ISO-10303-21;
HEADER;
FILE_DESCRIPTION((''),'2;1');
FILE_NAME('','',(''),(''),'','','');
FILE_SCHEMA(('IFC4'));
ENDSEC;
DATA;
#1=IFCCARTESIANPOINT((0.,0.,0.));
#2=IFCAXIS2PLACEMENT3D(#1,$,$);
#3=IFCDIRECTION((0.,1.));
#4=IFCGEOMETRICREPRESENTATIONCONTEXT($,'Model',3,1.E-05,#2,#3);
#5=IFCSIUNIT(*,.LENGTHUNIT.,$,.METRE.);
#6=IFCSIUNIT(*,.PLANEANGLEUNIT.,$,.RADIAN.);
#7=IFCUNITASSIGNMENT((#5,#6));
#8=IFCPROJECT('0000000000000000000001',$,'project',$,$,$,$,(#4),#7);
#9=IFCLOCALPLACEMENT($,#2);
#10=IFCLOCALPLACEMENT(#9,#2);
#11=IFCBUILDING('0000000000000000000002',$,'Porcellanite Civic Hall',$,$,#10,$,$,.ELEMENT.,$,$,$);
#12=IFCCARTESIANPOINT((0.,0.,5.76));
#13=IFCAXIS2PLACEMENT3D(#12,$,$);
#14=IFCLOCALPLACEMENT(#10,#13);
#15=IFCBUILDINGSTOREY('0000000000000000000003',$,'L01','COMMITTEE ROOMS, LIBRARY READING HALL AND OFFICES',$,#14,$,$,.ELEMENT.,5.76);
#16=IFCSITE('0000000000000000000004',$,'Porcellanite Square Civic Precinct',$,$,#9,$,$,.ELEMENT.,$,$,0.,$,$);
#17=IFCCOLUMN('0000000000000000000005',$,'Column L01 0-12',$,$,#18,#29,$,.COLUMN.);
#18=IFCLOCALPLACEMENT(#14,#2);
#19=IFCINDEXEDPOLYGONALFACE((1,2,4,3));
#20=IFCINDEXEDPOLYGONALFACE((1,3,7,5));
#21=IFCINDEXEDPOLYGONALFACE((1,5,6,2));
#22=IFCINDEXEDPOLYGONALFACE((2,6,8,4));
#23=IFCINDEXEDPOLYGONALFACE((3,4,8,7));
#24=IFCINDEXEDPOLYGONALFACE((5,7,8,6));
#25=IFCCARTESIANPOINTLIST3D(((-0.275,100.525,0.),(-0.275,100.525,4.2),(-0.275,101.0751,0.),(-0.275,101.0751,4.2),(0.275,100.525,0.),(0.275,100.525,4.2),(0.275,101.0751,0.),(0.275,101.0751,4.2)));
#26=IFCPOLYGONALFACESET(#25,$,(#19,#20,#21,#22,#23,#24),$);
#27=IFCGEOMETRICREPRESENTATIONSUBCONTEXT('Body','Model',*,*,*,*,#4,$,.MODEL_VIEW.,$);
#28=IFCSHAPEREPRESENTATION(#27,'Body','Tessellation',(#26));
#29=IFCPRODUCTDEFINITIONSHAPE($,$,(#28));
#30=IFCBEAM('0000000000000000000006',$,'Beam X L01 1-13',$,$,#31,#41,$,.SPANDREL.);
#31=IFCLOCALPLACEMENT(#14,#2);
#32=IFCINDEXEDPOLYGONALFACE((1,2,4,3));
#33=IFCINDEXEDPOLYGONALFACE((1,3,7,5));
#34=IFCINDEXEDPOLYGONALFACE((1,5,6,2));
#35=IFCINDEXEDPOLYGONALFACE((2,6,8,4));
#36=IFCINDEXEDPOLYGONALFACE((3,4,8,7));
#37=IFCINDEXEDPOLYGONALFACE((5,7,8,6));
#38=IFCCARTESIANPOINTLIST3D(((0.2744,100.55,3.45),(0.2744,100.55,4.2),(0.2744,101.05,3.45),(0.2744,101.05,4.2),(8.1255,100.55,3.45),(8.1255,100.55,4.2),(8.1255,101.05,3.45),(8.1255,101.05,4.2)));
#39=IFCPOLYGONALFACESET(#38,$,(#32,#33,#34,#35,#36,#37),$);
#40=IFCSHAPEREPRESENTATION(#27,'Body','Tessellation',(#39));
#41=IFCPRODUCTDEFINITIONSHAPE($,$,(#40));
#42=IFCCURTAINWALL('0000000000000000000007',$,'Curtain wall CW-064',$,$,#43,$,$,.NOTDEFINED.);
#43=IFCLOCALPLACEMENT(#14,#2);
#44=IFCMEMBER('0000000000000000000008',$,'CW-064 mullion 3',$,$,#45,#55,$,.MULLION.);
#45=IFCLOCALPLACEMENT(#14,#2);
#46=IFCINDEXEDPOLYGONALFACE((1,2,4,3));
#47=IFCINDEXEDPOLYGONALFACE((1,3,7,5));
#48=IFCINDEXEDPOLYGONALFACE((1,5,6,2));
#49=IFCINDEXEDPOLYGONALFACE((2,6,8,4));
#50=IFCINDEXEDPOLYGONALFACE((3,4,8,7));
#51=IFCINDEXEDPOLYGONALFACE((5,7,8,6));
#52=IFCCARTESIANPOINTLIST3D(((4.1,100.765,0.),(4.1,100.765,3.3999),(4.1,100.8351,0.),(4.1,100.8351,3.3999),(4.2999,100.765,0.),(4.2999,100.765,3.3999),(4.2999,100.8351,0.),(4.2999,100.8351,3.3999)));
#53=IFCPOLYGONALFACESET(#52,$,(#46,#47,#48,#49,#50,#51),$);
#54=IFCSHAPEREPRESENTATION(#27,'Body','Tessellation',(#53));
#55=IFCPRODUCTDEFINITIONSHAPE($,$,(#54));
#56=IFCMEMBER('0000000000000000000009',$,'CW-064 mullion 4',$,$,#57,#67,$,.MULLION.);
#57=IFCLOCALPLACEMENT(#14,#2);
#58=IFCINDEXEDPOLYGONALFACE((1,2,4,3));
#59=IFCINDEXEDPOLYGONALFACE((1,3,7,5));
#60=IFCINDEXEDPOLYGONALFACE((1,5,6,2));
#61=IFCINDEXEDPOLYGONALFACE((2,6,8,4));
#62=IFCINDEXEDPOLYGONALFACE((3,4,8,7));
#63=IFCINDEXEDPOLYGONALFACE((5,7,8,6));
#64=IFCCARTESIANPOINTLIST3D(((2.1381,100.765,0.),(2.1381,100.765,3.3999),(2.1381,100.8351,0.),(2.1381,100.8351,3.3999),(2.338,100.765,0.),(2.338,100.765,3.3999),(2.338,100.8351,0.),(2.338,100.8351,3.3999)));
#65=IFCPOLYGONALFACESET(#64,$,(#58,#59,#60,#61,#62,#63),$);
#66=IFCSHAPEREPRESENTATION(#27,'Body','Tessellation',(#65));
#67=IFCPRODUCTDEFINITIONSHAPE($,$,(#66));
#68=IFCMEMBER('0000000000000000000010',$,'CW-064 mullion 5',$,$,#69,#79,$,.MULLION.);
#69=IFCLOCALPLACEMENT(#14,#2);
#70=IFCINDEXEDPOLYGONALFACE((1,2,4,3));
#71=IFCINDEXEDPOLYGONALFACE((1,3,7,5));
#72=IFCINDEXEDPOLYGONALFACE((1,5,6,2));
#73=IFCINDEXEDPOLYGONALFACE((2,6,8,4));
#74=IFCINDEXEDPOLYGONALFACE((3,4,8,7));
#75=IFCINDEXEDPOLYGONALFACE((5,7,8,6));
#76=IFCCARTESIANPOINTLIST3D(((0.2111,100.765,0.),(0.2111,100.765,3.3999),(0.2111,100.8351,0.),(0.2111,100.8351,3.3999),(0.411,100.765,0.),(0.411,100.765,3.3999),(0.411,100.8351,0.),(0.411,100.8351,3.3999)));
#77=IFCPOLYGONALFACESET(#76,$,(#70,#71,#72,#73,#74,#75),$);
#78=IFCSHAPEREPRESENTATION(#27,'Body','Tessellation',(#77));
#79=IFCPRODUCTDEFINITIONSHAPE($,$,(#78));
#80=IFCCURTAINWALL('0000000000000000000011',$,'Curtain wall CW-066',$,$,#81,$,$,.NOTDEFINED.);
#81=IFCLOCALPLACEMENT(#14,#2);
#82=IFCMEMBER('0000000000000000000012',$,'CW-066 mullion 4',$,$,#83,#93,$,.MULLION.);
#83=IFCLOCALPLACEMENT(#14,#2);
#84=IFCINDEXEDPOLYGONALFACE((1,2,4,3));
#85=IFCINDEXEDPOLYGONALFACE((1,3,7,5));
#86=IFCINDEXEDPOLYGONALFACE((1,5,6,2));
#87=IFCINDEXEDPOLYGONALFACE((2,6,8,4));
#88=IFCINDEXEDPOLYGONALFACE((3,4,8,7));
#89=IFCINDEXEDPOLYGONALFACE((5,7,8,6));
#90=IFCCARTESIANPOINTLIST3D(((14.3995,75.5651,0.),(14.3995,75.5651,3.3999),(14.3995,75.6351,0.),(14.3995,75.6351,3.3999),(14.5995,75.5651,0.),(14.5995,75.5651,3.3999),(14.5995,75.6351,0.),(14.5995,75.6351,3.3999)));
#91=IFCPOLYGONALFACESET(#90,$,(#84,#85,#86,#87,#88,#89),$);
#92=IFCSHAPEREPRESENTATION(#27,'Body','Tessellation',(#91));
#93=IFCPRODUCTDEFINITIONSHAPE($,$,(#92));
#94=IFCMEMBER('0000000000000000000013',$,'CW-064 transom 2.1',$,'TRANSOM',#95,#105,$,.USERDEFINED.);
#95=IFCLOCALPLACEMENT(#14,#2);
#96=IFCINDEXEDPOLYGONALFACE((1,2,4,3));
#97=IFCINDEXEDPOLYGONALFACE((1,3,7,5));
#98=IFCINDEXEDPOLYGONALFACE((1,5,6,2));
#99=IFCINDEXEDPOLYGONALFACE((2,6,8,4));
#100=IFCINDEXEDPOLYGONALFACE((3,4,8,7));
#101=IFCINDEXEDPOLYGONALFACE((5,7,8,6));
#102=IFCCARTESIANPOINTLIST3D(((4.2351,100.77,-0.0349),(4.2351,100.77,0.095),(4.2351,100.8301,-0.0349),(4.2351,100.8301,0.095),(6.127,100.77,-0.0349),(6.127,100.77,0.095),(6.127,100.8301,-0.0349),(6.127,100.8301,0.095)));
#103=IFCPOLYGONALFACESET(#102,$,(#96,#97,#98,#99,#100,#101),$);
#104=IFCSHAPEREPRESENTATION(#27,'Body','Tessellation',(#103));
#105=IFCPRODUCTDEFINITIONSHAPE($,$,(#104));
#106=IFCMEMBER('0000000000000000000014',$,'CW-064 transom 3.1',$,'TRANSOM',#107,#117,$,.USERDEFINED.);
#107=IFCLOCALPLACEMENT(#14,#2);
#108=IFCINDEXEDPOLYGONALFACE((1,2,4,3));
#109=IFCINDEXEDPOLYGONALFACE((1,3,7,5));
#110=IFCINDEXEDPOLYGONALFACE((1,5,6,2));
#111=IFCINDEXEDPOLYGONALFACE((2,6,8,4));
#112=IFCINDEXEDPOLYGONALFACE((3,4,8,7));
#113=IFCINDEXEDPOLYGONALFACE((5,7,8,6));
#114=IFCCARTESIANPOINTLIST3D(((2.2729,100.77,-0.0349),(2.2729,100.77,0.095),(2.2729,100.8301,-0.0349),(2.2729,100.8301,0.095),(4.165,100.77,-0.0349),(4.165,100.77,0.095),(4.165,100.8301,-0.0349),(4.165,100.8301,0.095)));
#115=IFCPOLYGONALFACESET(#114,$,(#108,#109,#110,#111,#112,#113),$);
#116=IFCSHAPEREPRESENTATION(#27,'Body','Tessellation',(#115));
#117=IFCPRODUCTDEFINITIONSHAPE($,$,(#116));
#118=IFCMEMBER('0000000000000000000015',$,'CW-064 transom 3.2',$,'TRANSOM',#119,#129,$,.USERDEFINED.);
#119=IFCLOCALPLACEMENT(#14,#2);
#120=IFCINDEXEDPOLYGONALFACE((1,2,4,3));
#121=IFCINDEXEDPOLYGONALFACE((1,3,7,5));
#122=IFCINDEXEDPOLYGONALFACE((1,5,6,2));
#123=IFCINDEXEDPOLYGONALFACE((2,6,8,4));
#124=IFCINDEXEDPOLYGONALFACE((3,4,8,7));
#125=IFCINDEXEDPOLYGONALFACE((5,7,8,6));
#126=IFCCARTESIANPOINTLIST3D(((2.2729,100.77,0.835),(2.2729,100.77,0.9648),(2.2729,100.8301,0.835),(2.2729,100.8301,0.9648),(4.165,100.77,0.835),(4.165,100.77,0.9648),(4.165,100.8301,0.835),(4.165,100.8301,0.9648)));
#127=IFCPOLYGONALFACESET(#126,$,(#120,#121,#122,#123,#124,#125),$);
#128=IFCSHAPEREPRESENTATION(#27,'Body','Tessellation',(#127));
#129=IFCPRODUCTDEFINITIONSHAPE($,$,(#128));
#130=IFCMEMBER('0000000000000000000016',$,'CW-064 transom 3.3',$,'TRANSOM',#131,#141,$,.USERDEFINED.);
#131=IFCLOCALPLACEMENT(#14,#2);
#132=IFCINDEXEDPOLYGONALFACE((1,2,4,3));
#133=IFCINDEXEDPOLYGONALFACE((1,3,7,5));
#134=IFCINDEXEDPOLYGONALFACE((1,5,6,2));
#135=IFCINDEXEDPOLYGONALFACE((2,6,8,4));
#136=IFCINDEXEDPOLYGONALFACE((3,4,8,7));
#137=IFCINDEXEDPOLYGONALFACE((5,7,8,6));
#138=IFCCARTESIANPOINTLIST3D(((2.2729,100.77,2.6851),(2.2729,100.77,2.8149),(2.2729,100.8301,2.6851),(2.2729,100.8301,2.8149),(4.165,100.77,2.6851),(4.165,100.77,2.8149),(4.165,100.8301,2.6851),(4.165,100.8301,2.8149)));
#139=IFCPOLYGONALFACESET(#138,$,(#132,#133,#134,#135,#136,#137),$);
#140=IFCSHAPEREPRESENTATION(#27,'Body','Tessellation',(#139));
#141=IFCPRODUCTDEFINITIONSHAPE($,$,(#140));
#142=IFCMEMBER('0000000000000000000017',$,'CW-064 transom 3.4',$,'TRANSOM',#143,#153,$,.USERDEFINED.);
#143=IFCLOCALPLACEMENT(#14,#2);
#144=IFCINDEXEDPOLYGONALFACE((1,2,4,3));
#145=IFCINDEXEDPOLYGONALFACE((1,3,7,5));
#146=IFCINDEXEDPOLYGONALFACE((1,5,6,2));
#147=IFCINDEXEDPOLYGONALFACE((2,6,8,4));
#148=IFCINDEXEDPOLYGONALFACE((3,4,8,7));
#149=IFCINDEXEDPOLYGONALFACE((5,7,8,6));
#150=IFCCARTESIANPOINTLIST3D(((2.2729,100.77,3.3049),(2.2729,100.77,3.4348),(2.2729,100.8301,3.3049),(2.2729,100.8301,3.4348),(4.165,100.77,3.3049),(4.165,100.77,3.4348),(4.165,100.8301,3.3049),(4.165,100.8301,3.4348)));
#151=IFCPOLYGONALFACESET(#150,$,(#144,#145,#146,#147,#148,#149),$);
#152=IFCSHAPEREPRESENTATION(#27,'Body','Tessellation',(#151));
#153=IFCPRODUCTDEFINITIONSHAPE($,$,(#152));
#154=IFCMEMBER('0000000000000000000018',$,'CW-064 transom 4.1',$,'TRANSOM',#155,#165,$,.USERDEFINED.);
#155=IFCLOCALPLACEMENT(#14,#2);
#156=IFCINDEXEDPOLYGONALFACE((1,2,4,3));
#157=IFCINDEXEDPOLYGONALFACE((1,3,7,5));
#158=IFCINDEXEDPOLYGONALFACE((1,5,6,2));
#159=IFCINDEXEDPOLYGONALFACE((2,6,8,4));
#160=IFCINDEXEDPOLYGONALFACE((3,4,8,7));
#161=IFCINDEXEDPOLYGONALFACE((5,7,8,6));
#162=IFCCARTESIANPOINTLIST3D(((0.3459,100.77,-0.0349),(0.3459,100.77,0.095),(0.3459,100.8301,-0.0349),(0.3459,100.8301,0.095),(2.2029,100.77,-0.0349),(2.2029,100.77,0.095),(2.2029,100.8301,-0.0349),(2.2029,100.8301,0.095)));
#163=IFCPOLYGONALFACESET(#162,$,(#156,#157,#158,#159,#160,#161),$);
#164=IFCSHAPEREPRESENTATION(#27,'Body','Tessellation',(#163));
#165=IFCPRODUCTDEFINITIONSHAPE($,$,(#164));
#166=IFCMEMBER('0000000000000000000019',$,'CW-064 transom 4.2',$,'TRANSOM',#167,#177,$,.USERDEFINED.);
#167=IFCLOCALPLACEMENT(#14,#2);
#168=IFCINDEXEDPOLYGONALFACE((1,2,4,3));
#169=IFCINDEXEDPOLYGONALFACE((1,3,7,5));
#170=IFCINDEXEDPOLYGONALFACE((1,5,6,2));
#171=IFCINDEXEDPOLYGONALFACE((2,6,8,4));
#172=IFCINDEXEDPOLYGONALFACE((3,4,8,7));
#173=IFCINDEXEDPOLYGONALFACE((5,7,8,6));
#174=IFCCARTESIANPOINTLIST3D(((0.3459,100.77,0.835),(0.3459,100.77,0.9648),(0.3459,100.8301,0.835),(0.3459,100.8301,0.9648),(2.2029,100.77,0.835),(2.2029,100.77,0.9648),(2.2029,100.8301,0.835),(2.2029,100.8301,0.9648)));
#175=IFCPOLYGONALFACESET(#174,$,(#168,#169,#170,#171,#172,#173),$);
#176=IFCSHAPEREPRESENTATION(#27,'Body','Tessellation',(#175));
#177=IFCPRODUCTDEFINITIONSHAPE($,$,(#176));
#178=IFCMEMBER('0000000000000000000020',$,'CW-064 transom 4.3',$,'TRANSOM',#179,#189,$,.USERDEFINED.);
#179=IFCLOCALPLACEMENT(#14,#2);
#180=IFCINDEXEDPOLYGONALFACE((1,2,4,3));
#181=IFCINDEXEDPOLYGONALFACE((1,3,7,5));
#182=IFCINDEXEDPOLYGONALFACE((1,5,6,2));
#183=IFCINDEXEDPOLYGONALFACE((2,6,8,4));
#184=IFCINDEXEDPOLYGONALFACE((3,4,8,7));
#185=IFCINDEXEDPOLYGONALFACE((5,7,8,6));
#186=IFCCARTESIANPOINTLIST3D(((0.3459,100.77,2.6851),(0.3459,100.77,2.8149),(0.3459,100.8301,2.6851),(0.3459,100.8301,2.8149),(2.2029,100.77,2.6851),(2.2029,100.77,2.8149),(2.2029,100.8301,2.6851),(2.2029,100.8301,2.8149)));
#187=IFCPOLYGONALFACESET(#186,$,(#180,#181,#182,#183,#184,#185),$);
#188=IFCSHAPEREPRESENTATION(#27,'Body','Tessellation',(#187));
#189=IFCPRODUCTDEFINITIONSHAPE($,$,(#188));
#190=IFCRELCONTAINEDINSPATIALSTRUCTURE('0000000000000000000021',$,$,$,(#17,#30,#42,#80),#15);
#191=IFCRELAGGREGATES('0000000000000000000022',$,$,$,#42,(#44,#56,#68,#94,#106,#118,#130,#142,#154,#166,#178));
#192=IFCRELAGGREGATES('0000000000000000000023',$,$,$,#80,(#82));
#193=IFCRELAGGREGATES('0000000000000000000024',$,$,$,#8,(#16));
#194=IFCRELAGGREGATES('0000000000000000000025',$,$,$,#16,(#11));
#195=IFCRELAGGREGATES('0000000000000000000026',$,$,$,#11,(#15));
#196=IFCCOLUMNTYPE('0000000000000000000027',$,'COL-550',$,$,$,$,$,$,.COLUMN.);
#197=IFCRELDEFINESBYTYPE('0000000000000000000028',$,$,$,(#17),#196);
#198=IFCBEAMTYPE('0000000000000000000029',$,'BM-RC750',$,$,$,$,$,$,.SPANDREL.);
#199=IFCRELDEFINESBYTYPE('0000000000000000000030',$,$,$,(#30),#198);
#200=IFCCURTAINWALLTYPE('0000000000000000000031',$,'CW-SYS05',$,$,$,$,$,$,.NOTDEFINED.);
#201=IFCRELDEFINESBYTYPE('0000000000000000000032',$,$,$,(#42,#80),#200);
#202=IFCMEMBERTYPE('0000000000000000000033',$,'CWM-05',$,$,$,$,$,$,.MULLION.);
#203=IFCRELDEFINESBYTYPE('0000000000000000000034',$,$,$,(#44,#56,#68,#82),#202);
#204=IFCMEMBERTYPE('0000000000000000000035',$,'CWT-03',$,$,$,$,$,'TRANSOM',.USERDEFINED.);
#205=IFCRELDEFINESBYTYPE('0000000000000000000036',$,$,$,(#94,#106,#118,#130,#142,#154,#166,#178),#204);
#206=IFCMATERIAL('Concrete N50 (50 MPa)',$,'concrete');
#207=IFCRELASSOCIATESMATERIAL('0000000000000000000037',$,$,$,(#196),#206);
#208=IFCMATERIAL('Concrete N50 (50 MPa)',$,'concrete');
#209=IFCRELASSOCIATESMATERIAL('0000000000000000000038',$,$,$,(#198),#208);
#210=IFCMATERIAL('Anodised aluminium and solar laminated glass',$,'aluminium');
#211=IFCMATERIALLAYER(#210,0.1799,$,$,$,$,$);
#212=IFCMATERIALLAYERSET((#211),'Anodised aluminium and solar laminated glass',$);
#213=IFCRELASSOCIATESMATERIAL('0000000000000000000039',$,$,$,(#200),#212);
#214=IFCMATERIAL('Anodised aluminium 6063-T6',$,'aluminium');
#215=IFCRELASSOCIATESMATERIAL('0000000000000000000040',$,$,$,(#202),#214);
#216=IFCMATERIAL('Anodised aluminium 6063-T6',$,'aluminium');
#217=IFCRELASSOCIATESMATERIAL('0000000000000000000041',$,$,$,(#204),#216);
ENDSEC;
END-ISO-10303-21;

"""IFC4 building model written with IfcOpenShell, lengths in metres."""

from ifc_helpers import new_model, si_unit, direction, frame, origin, origin_2d, place, context, subcontext, project, spatial, rectangle, extrude, material, layer, layer_set, material_profile, profile_set, type_object, element, aggregate, save


model = new_model("IFC4")

# Units and contexts
model_context = context("Model", 3, precision=1e-05, world=origin(), true_north=direction((0.0, 1.0)))
body_context = subcontext(model_context, "Body", "Model", "MODEL_VIEW")
ifc_project = project(units=[si_unit("LENGTHUNIT", "METRE"), si_unit("PLANEANGLEUNIT", "RADIAN")], contexts=[model_context])

# Site, building, storey
site_placement = place(None, origin())
site = spatial("IfcSite", under=ifc_project, at=site_placement, Name="Porcellanite Square Civic Precinct", CompositionType="ELEMENT", RefElevation=0.0)
building_placement = place(site_placement, origin())
building = spatial("IfcBuilding", under=site, at=building_placement, Name="Porcellanite Civic Hall", CompositionType="ELEMENT")
storey_placement = place(building_placement, frame((0.0, 0.0, 5.76)))
storey = spatial("IfcBuildingStorey", under=building, at=storey_placement, Name="L01", Description="COMMITTEE ROOMS, LIBRARY READING HALL AND OFFICES", CompositionType="ELEMENT", Elevation=5.76)

# Column
ifc_material_1 = material(Name="Concrete N50 (50 MPa)", Category="concrete")
ifc_material_profile_1 = material_profile(ifc_material_1, rectangle(XDim=0.55, YDim=0.55, at=origin_2d()), Name="RC-550x550")
ifc_profile_set_1 = profile_set([ifc_material_profile_1], Name="Concrete N50 (50 MPa)")
column_type = type_object("IfcColumnType", Name="COL-550", PredefinedType="COLUMN", material=ifc_profile_set_1)
column_placement = place(storey_placement, frame((0.0, 100.8, 0.0), z_axis=(0.0, 0.0, 1.0), x_axis=(1.0, 0.0, 0.0)))
element("IfcColumn", 1, at=column_placement, inside=storey, type_object=column_type, Name="Column L01 0-12", PredefinedType="COLUMN", context=body_context, shape_type="SweptSolid", body=[
    extrude(rectangle(XDim=0.55, YDim=0.55, at=origin_2d()), origin(), (0.0, 0.0, 1.0), 4.2),
])

# Beam
ifc_material_2 = material(Name="Concrete N50 (50 MPa)", Category="concrete")
ifc_material_profile_2 = material_profile(ifc_material_2, rectangle(XDim=0.5, YDim=0.75, at=origin_2d()), Name="RC-500x750")
ifc_profile_set_2 = profile_set([ifc_material_profile_2], Name="Concrete N50 (50 MPa)")
beam_type = type_object("IfcBeamType", Name="BM-RC750", PredefinedType="SPANDREL", material=ifc_profile_set_2)
beam_placement = place(storey_placement, frame((0.2744, 100.8, 3.825), z_axis=(1.0, 0.0, 0.0), x_axis=(0.0, 1.0, 0.0)))
element("IfcBeam", 2, at=beam_placement, inside=storey, type_object=beam_type, Name="Beam X L01 1-13", PredefinedType="SPANDREL", context=body_context, shape_type="SweptSolid", body=[
    extrude(rectangle(XDim=0.5, YDim=0.75, at=origin_2d()), origin(), (0.0, 0.0, 1.0), 7.8511),
])

# Curtain wall, members
ifc_material_3 = material(Name="Anodised aluminium and solar laminated glass", Category="aluminium")
ifc_layer_1 = layer(ifc_material_3, 0.1799)
ifc_layer_set_1 = layer_set([ifc_layer_1], Name="Anodised aluminium and solar laminated glass")
curtain_wall_type = type_object("IfcCurtainWallType", Name="CW-SYS05", PredefinedType="NOTDEFINED", material=ifc_layer_set_1)
curtain_wall_1_placement = place(storey_placement, origin())
curtain_wall_1 = element("IfcCurtainWall", 3, at=curtain_wall_1_placement, inside=storey, type_object=curtain_wall_type, Name="Curtain wall CW-064", PredefinedType="NOTDEFINED")
ifc_material_4 = material(Name="Anodised aluminium 6063-T6", Category="aluminium")
ifc_material_profile_3 = material_profile(ifc_material_4, rectangle(XDim=0.0701, YDim=0.2, at=origin_2d()), Name="AL-70x200")
ifc_profile_set_3 = profile_set([ifc_material_profile_3], Name="Anodised aluminium 6063-T6")
member_type_1 = type_object("IfcMemberType", Name="CWM-05", PredefinedType="MULLION", material=ifc_profile_set_3)
member_1_placement = place(storey_placement, frame((4.2, 100.8, 0.0), z_axis=(0.0, 0.0, 1.0), x_axis=(0.0, -1.0, 0.0)))
member_1 = element("IfcMember", 4, at=member_1_placement, type_object=member_type_1, Name="CW-064 mullion 3", PredefinedType="MULLION", context=body_context, shape_type="SweptSolid", body=[
    extrude(rectangle(XDim=0.0701, YDim=0.2, at=origin_2d()), origin(), (0.0, 0.0, 1.0), 3.3999),
])
member_2_placement = place(storey_placement, frame((2.238, 100.8, 0.0), z_axis=(0.0, 0.0, 1.0), x_axis=(0.0, -1.0, 0.0)))
member_2 = element("IfcMember", 5, at=member_2_placement, type_object=member_type_1, Name="CW-064 mullion 4", PredefinedType="MULLION", context=body_context, shape_type="SweptSolid", body=[
    extrude(rectangle(XDim=0.0701, YDim=0.2, at=origin_2d()), origin(), (0.0, 0.0, 1.0), 3.3999),
])
member_3_placement = place(storey_placement, frame((0.311, 100.8, 0.0), z_axis=(0.0, 0.0, 1.0), x_axis=(0.0, -1.0, 0.0)))
member_3 = element("IfcMember", 6, at=member_3_placement, type_object=member_type_1, Name="CW-064 mullion 5", PredefinedType="MULLION", context=body_context, shape_type="SweptSolid", body=[
    extrude(rectangle(XDim=0.0701, YDim=0.2, at=origin_2d()), origin(), (0.0, 0.0, 1.0), 3.3999),
])

# Curtain wall, member
curtain_wall_2_placement = place(storey_placement, origin())
curtain_wall_2 = element("IfcCurtainWall", 7, at=curtain_wall_2_placement, inside=storey, type_object=curtain_wall_type, Name="Curtain wall CW-066", PredefinedType="NOTDEFINED")
member_4_placement = place(storey_placement, frame((14.4995, 75.6001, 0.0), z_axis=(0.0, 0.0, 1.0), x_axis=(0.0, 1.0, 0.0)))
member_4 = element("IfcMember", 8, at=member_4_placement, type_object=member_type_1, Name="CW-066 mullion 4", PredefinedType="MULLION", context=body_context, shape_type="SweptSolid", body=[
    extrude(rectangle(XDim=0.0701, YDim=0.2, at=origin_2d()), origin(), (0.0, 0.0, 1.0), 3.3999),
])

# Members
ifc_material_5 = material(Name="Anodised aluminium 6063-T6", Category="aluminium")
ifc_material_profile_4 = material_profile(ifc_material_5, rectangle(XDim=0.0601, YDim=0.1299, at=origin_2d()), Name="AL-60x130")
ifc_profile_set_4 = profile_set([ifc_material_profile_4], Name="Anodised aluminium 6063-T6")
member_type_2 = type_object("IfcMemberType", Name="CWT-03", ElementType="TRANSOM", PredefinedType="USERDEFINED", material=ifc_profile_set_4)
member_5_placement = place(storey_placement, frame((6.127, 100.8, 0.03), z_axis=(-1.0, 0.0, 0.0), x_axis=(0.0, -1.0, 0.0)))
member_5 = element("IfcMember", 9, at=member_5_placement, type_object=member_type_2, Name="CW-064 transom 2.1", ObjectType="TRANSOM", PredefinedType="USERDEFINED", context=body_context, shape_type="SweptSolid", body=[
    extrude(rectangle(XDim=0.0601, YDim=0.1299, at=origin_2d()), origin(), (0.0, 0.0, 1.0), 1.8918),
])
member_6_placement = place(storey_placement, frame((4.165, 100.8, 0.03), z_axis=(-1.0, 0.0, 0.0), x_axis=(0.0, -1.0, 0.0)))
member_6 = element("IfcMember", 10, at=member_6_placement, type_object=member_type_2, Name="CW-064 transom 3.1", ObjectType="TRANSOM", PredefinedType="USERDEFINED", context=body_context, shape_type="SweptSolid", body=[
    extrude(rectangle(XDim=0.0601, YDim=0.1299, at=origin_2d()), origin(), (0.0, 0.0, 1.0), 1.8921),
])
member_7_placement = place(storey_placement, frame((4.165, 100.8, 0.8999), z_axis=(-1.0, 0.0, 0.0), x_axis=(0.0, -1.0, 0.0)))
member_7 = element("IfcMember", 11, at=member_7_placement, type_object=member_type_2, Name="CW-064 transom 3.2", ObjectType="TRANSOM", PredefinedType="USERDEFINED", context=body_context, shape_type="SweptSolid", body=[
    extrude(rectangle(XDim=0.0601, YDim=0.1299, at=origin_2d()), origin(), (0.0, 0.0, 1.0), 1.8921),
])
member_8_placement = place(storey_placement, frame((4.165, 100.8, 2.75), z_axis=(-1.0, 0.0, 0.0), x_axis=(0.0, -1.0, 0.0)))
member_8 = element("IfcMember", 12, at=member_8_placement, type_object=member_type_2, Name="CW-064 transom 3.3", ObjectType="TRANSOM", PredefinedType="USERDEFINED", context=body_context, shape_type="SweptSolid", body=[
    extrude(rectangle(XDim=0.0601, YDim=0.1299, at=origin_2d()), origin(), (0.0, 0.0, 1.0), 1.8921),
])
member_9_placement = place(storey_placement, frame((4.165, 100.8, 3.3699), z_axis=(-1.0, 0.0, 0.0), x_axis=(0.0, -1.0, 0.0)))
member_9 = element("IfcMember", 13, at=member_9_placement, type_object=member_type_2, Name="CW-064 transom 3.4", ObjectType="TRANSOM", PredefinedType="USERDEFINED", context=body_context, shape_type="SweptSolid", body=[
    extrude(rectangle(XDim=0.0601, YDim=0.1299, at=origin_2d()), origin(), (0.0, 0.0, 1.0), 1.8921),
])
member_10_placement = place(storey_placement, frame((2.2029, 100.8, 0.03), z_axis=(-1.0, 0.0, 0.0), x_axis=(0.0, -1.0, 0.0)))
member_10 = element("IfcMember", 14, at=member_10_placement, type_object=member_type_2, Name="CW-064 transom 4.1", ObjectType="TRANSOM", PredefinedType="USERDEFINED", context=body_context, shape_type="SweptSolid", body=[
    extrude(rectangle(XDim=0.0601, YDim=0.1299, at=origin_2d()), origin(), (0.0, 0.0, 1.0), 1.8569),
])
member_11_placement = place(storey_placement, frame((2.2029, 100.8, 0.8999), z_axis=(-1.0, 0.0, 0.0), x_axis=(0.0, -1.0, 0.0)))
member_11 = element("IfcMember", 15, at=member_11_placement, type_object=member_type_2, Name="CW-064 transom 4.2", ObjectType="TRANSOM", PredefinedType="USERDEFINED", context=body_context, shape_type="SweptSolid", body=[
    extrude(rectangle(XDim=0.0601, YDim=0.1299, at=origin_2d()), origin(), (0.0, 0.0, 1.0), 1.8569),
])
member_12_placement = place(storey_placement, frame((2.2029, 100.8, 2.75), z_axis=(-1.0, 0.0, 0.0), x_axis=(0.0, -1.0, 0.0)))
member_12 = element("IfcMember", 16, at=member_12_placement, type_object=member_type_2, Name="CW-064 transom 4.3", ObjectType="TRANSOM", PredefinedType="USERDEFINED", context=body_context, shape_type="SweptSolid", body=[
    extrude(rectangle(XDim=0.0601, YDim=0.1299, at=origin_2d()), origin(), (0.0, 0.0, 1.0), 1.8569),
])

aggregate(curtain_wall_1, [member_1, member_2, member_3, member_5, member_6, member_7, member_8, member_9, member_10, member_11, member_12])
aggregate(curtain_wall_2, [member_4])

save(model, "model.ifc")
